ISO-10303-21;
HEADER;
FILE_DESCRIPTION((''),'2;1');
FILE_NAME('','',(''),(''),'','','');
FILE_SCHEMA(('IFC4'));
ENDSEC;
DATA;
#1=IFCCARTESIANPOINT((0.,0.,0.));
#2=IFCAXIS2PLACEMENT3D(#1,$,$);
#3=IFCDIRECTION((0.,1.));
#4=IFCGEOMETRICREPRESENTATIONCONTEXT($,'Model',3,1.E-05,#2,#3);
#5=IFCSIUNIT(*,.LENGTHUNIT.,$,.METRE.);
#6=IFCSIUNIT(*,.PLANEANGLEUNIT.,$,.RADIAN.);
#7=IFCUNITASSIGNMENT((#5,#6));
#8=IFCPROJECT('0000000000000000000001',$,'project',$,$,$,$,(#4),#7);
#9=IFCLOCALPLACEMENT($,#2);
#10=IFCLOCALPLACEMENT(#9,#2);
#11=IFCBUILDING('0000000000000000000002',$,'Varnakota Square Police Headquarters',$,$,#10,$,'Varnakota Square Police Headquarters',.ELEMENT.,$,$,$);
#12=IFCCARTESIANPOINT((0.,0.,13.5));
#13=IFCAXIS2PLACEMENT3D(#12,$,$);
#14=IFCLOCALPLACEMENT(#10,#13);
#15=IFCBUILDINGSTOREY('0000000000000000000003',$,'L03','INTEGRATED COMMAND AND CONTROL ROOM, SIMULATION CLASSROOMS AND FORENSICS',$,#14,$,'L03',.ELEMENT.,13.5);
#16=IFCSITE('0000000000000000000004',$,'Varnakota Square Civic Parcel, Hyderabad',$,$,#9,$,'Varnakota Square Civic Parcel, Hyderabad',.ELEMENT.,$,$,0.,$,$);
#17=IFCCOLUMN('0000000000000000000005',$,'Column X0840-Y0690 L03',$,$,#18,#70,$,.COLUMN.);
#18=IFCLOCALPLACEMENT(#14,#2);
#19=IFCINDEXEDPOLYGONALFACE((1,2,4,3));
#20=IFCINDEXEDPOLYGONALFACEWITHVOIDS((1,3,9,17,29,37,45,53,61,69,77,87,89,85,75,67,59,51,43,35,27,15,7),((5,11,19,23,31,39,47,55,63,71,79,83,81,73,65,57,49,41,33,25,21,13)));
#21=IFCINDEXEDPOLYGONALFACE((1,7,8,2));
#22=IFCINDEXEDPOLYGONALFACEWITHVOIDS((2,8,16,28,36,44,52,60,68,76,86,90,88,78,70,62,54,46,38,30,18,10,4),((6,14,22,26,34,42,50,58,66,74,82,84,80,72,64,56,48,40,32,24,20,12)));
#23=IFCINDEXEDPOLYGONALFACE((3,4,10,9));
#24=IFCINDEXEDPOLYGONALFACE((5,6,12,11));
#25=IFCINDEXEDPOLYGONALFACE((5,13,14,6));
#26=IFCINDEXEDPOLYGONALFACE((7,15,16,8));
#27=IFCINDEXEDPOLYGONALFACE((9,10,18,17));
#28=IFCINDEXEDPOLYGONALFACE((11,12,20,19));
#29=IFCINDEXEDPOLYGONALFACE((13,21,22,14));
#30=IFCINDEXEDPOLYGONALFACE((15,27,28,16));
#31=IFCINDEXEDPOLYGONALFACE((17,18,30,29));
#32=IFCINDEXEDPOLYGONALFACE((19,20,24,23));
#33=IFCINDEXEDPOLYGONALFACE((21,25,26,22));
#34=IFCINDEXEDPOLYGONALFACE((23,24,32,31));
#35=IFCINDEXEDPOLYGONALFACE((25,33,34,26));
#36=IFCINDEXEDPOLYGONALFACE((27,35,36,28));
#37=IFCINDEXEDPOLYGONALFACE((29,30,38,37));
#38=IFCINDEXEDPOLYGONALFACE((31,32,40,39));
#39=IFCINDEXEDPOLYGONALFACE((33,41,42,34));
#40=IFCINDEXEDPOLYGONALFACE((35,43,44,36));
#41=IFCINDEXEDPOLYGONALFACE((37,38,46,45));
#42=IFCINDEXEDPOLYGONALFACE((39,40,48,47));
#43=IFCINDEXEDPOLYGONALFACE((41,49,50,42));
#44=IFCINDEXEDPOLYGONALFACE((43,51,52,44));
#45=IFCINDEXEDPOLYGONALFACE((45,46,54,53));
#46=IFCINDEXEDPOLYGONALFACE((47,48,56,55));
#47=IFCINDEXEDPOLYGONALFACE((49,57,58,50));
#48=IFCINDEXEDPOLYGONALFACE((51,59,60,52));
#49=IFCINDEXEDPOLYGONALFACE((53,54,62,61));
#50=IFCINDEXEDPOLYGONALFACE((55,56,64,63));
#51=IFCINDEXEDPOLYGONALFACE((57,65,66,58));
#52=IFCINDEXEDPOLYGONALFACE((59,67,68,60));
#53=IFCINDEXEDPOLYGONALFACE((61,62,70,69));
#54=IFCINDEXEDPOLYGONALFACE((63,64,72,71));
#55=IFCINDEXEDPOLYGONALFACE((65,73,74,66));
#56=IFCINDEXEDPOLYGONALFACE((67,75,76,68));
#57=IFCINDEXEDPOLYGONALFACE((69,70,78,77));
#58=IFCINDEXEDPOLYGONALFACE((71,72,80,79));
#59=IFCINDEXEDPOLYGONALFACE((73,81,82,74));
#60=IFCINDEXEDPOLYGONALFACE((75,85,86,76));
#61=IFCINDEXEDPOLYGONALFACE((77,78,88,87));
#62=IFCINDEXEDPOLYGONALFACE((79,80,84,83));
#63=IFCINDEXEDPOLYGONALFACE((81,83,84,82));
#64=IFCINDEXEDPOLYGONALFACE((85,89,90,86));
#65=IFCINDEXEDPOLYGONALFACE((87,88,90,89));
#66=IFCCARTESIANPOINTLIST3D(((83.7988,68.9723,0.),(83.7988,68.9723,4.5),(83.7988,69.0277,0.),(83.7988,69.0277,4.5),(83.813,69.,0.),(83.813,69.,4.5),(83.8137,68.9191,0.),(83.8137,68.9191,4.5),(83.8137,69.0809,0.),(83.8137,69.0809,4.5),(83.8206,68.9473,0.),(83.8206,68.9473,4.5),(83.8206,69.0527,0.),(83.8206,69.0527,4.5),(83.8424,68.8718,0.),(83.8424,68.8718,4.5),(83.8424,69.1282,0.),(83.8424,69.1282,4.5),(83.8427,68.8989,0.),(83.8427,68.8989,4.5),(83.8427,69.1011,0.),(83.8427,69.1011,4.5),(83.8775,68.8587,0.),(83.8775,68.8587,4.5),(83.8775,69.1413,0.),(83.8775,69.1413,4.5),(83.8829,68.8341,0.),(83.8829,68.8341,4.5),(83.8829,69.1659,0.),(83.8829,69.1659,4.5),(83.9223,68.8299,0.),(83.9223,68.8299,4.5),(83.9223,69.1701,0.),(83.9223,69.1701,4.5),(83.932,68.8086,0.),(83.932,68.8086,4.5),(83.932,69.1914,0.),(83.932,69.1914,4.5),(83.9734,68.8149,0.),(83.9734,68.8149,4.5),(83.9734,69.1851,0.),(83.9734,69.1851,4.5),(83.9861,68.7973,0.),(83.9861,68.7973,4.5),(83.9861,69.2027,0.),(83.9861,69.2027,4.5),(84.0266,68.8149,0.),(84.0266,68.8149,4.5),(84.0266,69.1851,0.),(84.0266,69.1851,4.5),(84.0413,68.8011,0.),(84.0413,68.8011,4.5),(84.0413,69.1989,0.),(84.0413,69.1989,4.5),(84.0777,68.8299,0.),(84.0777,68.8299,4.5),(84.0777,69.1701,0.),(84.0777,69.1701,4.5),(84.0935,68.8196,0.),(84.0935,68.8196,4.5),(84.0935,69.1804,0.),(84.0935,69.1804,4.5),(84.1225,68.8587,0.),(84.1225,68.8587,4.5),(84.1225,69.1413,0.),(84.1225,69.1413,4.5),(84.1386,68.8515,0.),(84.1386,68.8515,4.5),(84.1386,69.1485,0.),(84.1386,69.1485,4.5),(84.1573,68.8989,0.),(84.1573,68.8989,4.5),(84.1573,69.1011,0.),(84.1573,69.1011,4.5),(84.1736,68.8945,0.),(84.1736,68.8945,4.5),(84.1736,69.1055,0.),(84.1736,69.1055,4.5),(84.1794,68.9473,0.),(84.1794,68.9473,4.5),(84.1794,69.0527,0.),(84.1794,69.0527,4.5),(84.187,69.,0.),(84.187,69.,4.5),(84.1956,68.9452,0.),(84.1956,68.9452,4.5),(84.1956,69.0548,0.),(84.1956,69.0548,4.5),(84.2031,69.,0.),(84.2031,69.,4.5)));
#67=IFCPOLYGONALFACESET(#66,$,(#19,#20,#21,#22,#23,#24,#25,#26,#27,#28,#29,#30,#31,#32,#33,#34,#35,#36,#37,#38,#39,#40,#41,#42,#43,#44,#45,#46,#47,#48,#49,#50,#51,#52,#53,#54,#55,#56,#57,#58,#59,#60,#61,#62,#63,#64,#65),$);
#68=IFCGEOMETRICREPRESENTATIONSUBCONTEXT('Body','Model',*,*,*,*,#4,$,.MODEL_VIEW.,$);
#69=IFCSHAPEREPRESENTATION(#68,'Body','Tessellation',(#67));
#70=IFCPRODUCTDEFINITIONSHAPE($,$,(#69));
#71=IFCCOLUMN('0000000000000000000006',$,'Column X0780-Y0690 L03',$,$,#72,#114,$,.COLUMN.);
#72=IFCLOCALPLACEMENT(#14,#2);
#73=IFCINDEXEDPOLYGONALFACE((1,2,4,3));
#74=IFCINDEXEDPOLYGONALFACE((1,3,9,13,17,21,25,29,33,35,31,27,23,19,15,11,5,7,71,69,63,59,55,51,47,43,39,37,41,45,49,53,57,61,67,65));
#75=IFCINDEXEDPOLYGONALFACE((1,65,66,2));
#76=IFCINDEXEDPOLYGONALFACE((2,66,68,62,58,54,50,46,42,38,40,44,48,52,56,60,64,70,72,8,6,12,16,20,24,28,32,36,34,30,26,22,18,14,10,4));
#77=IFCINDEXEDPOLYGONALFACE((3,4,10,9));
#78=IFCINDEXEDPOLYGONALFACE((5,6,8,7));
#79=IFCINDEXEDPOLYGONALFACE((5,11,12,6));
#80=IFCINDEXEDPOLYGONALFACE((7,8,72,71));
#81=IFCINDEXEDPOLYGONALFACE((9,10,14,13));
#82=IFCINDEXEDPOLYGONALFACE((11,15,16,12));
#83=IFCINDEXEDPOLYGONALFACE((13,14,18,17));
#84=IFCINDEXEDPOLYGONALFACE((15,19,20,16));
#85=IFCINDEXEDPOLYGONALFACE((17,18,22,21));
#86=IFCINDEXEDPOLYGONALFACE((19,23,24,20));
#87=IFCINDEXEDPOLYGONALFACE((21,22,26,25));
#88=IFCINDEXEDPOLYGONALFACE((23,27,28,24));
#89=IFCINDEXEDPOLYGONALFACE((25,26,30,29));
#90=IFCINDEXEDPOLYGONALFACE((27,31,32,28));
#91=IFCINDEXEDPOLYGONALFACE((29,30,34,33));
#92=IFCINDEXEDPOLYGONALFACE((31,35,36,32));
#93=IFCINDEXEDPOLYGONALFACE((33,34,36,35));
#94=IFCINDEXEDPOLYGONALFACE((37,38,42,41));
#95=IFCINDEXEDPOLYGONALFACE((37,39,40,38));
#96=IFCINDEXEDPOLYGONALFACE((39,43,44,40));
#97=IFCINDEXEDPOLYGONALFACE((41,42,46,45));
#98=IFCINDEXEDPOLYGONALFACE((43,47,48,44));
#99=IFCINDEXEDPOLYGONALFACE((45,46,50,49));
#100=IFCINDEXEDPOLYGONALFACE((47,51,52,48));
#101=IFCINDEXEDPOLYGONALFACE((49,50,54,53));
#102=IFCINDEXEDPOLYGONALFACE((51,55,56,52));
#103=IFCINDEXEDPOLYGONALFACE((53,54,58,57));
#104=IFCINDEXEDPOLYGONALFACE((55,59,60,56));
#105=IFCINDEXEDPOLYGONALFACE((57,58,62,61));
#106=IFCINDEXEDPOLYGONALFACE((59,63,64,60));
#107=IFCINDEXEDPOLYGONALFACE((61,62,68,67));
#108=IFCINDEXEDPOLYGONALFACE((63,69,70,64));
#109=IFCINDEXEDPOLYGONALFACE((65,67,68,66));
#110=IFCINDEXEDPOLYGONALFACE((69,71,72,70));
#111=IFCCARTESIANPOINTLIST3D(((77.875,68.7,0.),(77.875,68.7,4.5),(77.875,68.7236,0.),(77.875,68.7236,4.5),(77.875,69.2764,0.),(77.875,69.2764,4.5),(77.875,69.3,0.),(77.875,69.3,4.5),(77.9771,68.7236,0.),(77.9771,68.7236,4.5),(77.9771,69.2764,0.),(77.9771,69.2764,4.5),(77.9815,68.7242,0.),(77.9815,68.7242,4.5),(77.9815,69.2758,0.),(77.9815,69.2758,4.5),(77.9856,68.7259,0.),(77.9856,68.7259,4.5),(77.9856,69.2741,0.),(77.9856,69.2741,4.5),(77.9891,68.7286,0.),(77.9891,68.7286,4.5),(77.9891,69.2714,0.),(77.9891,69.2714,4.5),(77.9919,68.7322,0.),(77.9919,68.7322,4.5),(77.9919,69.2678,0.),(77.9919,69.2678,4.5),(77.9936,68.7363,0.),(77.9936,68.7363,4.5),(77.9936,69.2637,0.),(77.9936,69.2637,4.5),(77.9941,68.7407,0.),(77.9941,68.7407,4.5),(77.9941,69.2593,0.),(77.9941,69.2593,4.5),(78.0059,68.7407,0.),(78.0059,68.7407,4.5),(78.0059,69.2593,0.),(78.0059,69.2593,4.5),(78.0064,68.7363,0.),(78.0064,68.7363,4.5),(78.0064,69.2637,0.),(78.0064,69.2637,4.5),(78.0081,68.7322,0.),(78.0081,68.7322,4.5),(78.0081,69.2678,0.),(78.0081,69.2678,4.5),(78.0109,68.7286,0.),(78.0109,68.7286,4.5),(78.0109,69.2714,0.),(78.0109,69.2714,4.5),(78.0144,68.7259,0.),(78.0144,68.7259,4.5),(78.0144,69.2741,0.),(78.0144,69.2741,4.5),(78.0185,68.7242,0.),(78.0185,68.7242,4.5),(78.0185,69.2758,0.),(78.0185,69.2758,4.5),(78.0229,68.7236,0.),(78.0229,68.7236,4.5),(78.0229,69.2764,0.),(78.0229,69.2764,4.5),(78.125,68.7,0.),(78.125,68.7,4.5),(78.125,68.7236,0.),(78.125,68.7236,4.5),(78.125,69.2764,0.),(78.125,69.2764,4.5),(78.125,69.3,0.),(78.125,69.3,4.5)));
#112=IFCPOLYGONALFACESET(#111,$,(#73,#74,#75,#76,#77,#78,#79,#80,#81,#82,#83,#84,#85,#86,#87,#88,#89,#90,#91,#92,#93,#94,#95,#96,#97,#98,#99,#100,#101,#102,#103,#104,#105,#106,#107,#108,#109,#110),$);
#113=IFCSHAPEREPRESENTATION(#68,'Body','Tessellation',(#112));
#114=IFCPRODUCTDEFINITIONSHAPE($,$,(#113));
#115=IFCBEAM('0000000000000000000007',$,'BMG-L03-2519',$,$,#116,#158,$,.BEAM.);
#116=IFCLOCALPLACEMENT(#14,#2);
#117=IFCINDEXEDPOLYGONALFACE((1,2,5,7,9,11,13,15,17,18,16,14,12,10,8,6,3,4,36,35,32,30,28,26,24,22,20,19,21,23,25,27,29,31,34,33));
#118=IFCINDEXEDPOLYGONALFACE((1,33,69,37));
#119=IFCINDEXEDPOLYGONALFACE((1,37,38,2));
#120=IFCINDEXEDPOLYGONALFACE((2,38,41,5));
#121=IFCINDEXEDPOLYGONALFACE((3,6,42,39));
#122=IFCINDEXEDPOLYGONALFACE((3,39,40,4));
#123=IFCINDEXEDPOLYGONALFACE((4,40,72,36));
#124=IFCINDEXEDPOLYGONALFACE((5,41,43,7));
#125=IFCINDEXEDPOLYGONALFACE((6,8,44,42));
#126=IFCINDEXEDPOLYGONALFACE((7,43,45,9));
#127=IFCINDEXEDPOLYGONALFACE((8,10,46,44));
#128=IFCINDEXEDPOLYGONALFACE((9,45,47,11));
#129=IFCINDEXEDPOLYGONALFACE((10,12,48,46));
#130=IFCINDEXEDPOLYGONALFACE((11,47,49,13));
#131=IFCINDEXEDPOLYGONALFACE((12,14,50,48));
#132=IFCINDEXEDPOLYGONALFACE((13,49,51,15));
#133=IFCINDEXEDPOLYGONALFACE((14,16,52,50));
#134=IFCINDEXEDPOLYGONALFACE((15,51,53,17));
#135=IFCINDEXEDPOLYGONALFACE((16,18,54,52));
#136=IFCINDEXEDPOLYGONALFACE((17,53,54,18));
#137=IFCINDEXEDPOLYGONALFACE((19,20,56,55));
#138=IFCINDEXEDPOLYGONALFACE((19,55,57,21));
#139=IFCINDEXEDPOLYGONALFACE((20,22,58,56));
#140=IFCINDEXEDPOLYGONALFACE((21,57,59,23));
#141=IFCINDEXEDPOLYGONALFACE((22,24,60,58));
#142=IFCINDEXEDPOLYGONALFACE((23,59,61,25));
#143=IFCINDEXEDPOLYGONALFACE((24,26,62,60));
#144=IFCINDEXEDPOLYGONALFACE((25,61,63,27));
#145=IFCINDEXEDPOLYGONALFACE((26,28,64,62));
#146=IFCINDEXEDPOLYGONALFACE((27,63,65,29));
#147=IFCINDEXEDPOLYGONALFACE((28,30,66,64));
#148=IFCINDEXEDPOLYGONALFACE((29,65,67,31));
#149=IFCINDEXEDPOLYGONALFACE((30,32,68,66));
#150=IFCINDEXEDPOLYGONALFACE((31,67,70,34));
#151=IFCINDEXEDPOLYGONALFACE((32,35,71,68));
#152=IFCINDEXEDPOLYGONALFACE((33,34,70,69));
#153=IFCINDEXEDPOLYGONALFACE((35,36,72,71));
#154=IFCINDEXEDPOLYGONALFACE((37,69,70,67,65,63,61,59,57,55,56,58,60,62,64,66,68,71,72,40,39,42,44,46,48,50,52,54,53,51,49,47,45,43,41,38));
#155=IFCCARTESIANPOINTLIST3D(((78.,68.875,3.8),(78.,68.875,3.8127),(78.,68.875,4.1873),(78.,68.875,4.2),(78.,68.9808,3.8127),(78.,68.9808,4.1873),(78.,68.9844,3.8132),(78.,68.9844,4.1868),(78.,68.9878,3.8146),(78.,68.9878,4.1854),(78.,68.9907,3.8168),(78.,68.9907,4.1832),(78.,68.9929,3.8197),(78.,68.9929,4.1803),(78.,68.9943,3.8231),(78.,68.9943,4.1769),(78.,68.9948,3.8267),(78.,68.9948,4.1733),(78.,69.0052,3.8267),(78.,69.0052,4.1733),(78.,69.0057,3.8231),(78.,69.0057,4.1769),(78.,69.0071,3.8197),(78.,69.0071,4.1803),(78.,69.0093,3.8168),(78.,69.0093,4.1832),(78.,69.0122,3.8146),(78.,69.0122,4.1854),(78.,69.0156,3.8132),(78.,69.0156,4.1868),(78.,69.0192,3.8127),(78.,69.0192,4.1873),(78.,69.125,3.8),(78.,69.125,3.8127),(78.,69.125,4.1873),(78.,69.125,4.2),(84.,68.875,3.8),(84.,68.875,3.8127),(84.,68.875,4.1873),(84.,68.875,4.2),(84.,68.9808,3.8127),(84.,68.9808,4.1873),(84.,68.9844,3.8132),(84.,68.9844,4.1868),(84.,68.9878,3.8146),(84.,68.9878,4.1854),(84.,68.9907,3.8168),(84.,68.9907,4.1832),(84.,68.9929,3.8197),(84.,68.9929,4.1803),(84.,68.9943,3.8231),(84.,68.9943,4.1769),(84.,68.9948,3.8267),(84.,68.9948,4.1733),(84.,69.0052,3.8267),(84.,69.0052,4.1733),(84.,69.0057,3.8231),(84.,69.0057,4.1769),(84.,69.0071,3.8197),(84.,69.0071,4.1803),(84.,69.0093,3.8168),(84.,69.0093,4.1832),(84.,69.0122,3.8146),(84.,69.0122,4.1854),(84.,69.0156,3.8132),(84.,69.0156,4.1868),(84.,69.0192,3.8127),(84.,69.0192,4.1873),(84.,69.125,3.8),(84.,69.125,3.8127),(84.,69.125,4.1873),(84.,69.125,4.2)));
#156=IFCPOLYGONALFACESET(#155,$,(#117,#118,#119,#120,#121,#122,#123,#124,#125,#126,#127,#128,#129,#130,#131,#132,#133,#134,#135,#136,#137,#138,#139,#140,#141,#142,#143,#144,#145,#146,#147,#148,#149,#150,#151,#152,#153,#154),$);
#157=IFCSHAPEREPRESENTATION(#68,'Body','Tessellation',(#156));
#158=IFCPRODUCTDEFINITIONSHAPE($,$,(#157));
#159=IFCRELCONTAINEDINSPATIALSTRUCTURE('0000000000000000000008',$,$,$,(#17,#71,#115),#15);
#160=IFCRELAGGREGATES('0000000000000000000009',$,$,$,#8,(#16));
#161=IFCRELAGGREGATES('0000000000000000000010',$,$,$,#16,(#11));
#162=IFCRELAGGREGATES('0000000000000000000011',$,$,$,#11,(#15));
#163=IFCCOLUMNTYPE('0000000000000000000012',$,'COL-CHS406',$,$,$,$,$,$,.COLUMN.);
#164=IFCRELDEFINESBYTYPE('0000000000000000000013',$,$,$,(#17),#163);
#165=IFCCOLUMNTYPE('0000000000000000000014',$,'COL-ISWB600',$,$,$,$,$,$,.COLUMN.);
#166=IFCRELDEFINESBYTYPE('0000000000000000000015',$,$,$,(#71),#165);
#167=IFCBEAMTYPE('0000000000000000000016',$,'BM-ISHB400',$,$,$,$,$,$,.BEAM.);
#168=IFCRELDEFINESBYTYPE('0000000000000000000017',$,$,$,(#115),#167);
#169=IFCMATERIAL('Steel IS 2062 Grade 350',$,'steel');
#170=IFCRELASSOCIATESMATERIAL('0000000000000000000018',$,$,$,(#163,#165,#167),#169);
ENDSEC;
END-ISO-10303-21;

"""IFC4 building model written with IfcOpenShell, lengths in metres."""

from ifc_helpers import new_model, si_unit, direction, frame, origin, origin_2d, place, context, subcontext, project, spatial, hollow_circle, i_section, extrude, material, material_profile, profile_set, type_object, element, save


model = new_model("IFC4")

# Units and contexts
model_context = context("Model", 3, precision=1e-05, world=origin(), true_north=direction((0.0, 1.0)))
body_context = subcontext(model_context, "Body", "Model", "MODEL_VIEW")
ifc_project = project(units=[si_unit("LENGTHUNIT", "METRE"), si_unit("PLANEANGLEUNIT", "RADIAN")], contexts=[model_context])

# Site, building, storey
site_placement = place(None, origin())
site = spatial("IfcSite", under=ifc_project, at=site_placement, Name="Varnakota Square Civic Parcel, Hyderabad", LongName="Varnakota Square Civic Parcel, Hyderabad", CompositionType="ELEMENT", RefElevation=0.0)
building_placement = place(site_placement, origin())
building = spatial("IfcBuilding", under=site, at=building_placement, Name="Varnakota Square Police Headquarters", LongName="Varnakota Square Police Headquarters", CompositionType="ELEMENT")
storey_placement = place(building_placement, frame((0.0, 0.0, 13.5)))
storey = spatial("IfcBuildingStorey", under=building, at=storey_placement, Name="L03", Description="INTEGRATED COMMAND AND CONTROL ROOM, SIMULATION CLASSROOMS AND FORENSICS", LongName="L03", CompositionType="ELEMENT", Elevation=13.5)

# Columns
ifc_material_1 = material(Name="Steel IS 2062 Grade 350", Category="steel")
ifc_material_profile_1 = material_profile(ifc_material_1, hollow_circle(Radius=0.2031, WallThickness=0.0161, at=origin_2d()), Name="CHS 406.4x16.0")
ifc_profile_set_1 = profile_set([ifc_material_profile_1], Name="Steel IS 2062 Grade 350")
column_type_1 = type_object("IfcColumnType", Name="COL-CHS406", PredefinedType="COLUMN", material=ifc_profile_set_1)
column_1_placement = place(storey_placement, frame((84.0, 69.0, 0.0), z_axis=(0.0, 0.0, 1.0), x_axis=(1.0, 0.0, 0.0)))
element("IfcColumn", 1, at=column_1_placement, inside=storey, type_object=column_type_1, Name="Column X0840-Y0690 L03", PredefinedType="COLUMN", context=body_context, shape_type="SweptSolid", body=[
    extrude(hollow_circle(Radius=0.2031, WallThickness=0.0161, at=origin_2d()), origin(), (0.0, 0.0, 1.0), 4.5),
])
ifc_material_profile_2 = material_profile(ifc_material_1, i_section(OverallWidth=0.25, OverallDepth=0.6001, WebThickness=0.0117, FlangeThickness=0.0237, FilletRadius=0.0171, at=origin_2d()), Name="ISWB 600")
ifc_profile_set_2 = profile_set([ifc_material_profile_2], Name="Steel IS 2062 Grade 350")
column_type_2 = type_object("IfcColumnType", Name="COL-ISWB600", PredefinedType="COLUMN", material=ifc_profile_set_2)
column_2_placement = place(storey_placement, frame((78.0, 69.0, 0.0), z_axis=(0.0, 0.0, 1.0), x_axis=(1.0, 0.0, 0.0)))
element("IfcColumn", 2, at=column_2_placement, inside=storey, type_object=column_type_2, Name="Column X0780-Y0690 L03", PredefinedType="COLUMN", context=body_context, shape_type="SweptSolid", body=[
    extrude(i_section(OverallWidth=0.25, OverallDepth=0.6001, WebThickness=0.0117, FlangeThickness=0.0237, FilletRadius=0.0171, at=origin_2d()), origin(), (0.0, 0.0, 1.0), 4.5),
])

# Beam
ifc_material_profile_3 = material_profile(ifc_material_1, i_section(OverallWidth=0.25, OverallDepth=0.3999, WebThickness=0.0105, FlangeThickness=0.0127, FilletRadius=0.0139, at=origin_2d()), Name="ISHB 400")
ifc_profile_set_3 = profile_set([ifc_material_profile_3], Name="Steel IS 2062 Grade 350")
beam_type_1 = type_object("IfcBeamType", Name="BM-ISHB400", PredefinedType="BEAM", material=ifc_profile_set_3)
beam_1_placement = place(storey_placement, frame((78.0, 69.0, 4.0), z_axis=(1.0, 0.0, 0.0), x_axis=(0.0, 1.0, 0.0)))
element("IfcBeam", 3, at=beam_1_placement, inside=storey, type_object=beam_type_1, Name="BMG-L03-2519", PredefinedType="BEAM", context=body_context, shape_type="SweptSolid", body=[
    extrude(i_section(OverallWidth=0.25, OverallDepth=0.3999, WebThickness=0.0105, FlangeThickness=0.0127, FilletRadius=0.0139, at=origin_2d()), origin(), (0.0, 0.0, 1.0), 6.0),
])

save(model, "model.ifc")
